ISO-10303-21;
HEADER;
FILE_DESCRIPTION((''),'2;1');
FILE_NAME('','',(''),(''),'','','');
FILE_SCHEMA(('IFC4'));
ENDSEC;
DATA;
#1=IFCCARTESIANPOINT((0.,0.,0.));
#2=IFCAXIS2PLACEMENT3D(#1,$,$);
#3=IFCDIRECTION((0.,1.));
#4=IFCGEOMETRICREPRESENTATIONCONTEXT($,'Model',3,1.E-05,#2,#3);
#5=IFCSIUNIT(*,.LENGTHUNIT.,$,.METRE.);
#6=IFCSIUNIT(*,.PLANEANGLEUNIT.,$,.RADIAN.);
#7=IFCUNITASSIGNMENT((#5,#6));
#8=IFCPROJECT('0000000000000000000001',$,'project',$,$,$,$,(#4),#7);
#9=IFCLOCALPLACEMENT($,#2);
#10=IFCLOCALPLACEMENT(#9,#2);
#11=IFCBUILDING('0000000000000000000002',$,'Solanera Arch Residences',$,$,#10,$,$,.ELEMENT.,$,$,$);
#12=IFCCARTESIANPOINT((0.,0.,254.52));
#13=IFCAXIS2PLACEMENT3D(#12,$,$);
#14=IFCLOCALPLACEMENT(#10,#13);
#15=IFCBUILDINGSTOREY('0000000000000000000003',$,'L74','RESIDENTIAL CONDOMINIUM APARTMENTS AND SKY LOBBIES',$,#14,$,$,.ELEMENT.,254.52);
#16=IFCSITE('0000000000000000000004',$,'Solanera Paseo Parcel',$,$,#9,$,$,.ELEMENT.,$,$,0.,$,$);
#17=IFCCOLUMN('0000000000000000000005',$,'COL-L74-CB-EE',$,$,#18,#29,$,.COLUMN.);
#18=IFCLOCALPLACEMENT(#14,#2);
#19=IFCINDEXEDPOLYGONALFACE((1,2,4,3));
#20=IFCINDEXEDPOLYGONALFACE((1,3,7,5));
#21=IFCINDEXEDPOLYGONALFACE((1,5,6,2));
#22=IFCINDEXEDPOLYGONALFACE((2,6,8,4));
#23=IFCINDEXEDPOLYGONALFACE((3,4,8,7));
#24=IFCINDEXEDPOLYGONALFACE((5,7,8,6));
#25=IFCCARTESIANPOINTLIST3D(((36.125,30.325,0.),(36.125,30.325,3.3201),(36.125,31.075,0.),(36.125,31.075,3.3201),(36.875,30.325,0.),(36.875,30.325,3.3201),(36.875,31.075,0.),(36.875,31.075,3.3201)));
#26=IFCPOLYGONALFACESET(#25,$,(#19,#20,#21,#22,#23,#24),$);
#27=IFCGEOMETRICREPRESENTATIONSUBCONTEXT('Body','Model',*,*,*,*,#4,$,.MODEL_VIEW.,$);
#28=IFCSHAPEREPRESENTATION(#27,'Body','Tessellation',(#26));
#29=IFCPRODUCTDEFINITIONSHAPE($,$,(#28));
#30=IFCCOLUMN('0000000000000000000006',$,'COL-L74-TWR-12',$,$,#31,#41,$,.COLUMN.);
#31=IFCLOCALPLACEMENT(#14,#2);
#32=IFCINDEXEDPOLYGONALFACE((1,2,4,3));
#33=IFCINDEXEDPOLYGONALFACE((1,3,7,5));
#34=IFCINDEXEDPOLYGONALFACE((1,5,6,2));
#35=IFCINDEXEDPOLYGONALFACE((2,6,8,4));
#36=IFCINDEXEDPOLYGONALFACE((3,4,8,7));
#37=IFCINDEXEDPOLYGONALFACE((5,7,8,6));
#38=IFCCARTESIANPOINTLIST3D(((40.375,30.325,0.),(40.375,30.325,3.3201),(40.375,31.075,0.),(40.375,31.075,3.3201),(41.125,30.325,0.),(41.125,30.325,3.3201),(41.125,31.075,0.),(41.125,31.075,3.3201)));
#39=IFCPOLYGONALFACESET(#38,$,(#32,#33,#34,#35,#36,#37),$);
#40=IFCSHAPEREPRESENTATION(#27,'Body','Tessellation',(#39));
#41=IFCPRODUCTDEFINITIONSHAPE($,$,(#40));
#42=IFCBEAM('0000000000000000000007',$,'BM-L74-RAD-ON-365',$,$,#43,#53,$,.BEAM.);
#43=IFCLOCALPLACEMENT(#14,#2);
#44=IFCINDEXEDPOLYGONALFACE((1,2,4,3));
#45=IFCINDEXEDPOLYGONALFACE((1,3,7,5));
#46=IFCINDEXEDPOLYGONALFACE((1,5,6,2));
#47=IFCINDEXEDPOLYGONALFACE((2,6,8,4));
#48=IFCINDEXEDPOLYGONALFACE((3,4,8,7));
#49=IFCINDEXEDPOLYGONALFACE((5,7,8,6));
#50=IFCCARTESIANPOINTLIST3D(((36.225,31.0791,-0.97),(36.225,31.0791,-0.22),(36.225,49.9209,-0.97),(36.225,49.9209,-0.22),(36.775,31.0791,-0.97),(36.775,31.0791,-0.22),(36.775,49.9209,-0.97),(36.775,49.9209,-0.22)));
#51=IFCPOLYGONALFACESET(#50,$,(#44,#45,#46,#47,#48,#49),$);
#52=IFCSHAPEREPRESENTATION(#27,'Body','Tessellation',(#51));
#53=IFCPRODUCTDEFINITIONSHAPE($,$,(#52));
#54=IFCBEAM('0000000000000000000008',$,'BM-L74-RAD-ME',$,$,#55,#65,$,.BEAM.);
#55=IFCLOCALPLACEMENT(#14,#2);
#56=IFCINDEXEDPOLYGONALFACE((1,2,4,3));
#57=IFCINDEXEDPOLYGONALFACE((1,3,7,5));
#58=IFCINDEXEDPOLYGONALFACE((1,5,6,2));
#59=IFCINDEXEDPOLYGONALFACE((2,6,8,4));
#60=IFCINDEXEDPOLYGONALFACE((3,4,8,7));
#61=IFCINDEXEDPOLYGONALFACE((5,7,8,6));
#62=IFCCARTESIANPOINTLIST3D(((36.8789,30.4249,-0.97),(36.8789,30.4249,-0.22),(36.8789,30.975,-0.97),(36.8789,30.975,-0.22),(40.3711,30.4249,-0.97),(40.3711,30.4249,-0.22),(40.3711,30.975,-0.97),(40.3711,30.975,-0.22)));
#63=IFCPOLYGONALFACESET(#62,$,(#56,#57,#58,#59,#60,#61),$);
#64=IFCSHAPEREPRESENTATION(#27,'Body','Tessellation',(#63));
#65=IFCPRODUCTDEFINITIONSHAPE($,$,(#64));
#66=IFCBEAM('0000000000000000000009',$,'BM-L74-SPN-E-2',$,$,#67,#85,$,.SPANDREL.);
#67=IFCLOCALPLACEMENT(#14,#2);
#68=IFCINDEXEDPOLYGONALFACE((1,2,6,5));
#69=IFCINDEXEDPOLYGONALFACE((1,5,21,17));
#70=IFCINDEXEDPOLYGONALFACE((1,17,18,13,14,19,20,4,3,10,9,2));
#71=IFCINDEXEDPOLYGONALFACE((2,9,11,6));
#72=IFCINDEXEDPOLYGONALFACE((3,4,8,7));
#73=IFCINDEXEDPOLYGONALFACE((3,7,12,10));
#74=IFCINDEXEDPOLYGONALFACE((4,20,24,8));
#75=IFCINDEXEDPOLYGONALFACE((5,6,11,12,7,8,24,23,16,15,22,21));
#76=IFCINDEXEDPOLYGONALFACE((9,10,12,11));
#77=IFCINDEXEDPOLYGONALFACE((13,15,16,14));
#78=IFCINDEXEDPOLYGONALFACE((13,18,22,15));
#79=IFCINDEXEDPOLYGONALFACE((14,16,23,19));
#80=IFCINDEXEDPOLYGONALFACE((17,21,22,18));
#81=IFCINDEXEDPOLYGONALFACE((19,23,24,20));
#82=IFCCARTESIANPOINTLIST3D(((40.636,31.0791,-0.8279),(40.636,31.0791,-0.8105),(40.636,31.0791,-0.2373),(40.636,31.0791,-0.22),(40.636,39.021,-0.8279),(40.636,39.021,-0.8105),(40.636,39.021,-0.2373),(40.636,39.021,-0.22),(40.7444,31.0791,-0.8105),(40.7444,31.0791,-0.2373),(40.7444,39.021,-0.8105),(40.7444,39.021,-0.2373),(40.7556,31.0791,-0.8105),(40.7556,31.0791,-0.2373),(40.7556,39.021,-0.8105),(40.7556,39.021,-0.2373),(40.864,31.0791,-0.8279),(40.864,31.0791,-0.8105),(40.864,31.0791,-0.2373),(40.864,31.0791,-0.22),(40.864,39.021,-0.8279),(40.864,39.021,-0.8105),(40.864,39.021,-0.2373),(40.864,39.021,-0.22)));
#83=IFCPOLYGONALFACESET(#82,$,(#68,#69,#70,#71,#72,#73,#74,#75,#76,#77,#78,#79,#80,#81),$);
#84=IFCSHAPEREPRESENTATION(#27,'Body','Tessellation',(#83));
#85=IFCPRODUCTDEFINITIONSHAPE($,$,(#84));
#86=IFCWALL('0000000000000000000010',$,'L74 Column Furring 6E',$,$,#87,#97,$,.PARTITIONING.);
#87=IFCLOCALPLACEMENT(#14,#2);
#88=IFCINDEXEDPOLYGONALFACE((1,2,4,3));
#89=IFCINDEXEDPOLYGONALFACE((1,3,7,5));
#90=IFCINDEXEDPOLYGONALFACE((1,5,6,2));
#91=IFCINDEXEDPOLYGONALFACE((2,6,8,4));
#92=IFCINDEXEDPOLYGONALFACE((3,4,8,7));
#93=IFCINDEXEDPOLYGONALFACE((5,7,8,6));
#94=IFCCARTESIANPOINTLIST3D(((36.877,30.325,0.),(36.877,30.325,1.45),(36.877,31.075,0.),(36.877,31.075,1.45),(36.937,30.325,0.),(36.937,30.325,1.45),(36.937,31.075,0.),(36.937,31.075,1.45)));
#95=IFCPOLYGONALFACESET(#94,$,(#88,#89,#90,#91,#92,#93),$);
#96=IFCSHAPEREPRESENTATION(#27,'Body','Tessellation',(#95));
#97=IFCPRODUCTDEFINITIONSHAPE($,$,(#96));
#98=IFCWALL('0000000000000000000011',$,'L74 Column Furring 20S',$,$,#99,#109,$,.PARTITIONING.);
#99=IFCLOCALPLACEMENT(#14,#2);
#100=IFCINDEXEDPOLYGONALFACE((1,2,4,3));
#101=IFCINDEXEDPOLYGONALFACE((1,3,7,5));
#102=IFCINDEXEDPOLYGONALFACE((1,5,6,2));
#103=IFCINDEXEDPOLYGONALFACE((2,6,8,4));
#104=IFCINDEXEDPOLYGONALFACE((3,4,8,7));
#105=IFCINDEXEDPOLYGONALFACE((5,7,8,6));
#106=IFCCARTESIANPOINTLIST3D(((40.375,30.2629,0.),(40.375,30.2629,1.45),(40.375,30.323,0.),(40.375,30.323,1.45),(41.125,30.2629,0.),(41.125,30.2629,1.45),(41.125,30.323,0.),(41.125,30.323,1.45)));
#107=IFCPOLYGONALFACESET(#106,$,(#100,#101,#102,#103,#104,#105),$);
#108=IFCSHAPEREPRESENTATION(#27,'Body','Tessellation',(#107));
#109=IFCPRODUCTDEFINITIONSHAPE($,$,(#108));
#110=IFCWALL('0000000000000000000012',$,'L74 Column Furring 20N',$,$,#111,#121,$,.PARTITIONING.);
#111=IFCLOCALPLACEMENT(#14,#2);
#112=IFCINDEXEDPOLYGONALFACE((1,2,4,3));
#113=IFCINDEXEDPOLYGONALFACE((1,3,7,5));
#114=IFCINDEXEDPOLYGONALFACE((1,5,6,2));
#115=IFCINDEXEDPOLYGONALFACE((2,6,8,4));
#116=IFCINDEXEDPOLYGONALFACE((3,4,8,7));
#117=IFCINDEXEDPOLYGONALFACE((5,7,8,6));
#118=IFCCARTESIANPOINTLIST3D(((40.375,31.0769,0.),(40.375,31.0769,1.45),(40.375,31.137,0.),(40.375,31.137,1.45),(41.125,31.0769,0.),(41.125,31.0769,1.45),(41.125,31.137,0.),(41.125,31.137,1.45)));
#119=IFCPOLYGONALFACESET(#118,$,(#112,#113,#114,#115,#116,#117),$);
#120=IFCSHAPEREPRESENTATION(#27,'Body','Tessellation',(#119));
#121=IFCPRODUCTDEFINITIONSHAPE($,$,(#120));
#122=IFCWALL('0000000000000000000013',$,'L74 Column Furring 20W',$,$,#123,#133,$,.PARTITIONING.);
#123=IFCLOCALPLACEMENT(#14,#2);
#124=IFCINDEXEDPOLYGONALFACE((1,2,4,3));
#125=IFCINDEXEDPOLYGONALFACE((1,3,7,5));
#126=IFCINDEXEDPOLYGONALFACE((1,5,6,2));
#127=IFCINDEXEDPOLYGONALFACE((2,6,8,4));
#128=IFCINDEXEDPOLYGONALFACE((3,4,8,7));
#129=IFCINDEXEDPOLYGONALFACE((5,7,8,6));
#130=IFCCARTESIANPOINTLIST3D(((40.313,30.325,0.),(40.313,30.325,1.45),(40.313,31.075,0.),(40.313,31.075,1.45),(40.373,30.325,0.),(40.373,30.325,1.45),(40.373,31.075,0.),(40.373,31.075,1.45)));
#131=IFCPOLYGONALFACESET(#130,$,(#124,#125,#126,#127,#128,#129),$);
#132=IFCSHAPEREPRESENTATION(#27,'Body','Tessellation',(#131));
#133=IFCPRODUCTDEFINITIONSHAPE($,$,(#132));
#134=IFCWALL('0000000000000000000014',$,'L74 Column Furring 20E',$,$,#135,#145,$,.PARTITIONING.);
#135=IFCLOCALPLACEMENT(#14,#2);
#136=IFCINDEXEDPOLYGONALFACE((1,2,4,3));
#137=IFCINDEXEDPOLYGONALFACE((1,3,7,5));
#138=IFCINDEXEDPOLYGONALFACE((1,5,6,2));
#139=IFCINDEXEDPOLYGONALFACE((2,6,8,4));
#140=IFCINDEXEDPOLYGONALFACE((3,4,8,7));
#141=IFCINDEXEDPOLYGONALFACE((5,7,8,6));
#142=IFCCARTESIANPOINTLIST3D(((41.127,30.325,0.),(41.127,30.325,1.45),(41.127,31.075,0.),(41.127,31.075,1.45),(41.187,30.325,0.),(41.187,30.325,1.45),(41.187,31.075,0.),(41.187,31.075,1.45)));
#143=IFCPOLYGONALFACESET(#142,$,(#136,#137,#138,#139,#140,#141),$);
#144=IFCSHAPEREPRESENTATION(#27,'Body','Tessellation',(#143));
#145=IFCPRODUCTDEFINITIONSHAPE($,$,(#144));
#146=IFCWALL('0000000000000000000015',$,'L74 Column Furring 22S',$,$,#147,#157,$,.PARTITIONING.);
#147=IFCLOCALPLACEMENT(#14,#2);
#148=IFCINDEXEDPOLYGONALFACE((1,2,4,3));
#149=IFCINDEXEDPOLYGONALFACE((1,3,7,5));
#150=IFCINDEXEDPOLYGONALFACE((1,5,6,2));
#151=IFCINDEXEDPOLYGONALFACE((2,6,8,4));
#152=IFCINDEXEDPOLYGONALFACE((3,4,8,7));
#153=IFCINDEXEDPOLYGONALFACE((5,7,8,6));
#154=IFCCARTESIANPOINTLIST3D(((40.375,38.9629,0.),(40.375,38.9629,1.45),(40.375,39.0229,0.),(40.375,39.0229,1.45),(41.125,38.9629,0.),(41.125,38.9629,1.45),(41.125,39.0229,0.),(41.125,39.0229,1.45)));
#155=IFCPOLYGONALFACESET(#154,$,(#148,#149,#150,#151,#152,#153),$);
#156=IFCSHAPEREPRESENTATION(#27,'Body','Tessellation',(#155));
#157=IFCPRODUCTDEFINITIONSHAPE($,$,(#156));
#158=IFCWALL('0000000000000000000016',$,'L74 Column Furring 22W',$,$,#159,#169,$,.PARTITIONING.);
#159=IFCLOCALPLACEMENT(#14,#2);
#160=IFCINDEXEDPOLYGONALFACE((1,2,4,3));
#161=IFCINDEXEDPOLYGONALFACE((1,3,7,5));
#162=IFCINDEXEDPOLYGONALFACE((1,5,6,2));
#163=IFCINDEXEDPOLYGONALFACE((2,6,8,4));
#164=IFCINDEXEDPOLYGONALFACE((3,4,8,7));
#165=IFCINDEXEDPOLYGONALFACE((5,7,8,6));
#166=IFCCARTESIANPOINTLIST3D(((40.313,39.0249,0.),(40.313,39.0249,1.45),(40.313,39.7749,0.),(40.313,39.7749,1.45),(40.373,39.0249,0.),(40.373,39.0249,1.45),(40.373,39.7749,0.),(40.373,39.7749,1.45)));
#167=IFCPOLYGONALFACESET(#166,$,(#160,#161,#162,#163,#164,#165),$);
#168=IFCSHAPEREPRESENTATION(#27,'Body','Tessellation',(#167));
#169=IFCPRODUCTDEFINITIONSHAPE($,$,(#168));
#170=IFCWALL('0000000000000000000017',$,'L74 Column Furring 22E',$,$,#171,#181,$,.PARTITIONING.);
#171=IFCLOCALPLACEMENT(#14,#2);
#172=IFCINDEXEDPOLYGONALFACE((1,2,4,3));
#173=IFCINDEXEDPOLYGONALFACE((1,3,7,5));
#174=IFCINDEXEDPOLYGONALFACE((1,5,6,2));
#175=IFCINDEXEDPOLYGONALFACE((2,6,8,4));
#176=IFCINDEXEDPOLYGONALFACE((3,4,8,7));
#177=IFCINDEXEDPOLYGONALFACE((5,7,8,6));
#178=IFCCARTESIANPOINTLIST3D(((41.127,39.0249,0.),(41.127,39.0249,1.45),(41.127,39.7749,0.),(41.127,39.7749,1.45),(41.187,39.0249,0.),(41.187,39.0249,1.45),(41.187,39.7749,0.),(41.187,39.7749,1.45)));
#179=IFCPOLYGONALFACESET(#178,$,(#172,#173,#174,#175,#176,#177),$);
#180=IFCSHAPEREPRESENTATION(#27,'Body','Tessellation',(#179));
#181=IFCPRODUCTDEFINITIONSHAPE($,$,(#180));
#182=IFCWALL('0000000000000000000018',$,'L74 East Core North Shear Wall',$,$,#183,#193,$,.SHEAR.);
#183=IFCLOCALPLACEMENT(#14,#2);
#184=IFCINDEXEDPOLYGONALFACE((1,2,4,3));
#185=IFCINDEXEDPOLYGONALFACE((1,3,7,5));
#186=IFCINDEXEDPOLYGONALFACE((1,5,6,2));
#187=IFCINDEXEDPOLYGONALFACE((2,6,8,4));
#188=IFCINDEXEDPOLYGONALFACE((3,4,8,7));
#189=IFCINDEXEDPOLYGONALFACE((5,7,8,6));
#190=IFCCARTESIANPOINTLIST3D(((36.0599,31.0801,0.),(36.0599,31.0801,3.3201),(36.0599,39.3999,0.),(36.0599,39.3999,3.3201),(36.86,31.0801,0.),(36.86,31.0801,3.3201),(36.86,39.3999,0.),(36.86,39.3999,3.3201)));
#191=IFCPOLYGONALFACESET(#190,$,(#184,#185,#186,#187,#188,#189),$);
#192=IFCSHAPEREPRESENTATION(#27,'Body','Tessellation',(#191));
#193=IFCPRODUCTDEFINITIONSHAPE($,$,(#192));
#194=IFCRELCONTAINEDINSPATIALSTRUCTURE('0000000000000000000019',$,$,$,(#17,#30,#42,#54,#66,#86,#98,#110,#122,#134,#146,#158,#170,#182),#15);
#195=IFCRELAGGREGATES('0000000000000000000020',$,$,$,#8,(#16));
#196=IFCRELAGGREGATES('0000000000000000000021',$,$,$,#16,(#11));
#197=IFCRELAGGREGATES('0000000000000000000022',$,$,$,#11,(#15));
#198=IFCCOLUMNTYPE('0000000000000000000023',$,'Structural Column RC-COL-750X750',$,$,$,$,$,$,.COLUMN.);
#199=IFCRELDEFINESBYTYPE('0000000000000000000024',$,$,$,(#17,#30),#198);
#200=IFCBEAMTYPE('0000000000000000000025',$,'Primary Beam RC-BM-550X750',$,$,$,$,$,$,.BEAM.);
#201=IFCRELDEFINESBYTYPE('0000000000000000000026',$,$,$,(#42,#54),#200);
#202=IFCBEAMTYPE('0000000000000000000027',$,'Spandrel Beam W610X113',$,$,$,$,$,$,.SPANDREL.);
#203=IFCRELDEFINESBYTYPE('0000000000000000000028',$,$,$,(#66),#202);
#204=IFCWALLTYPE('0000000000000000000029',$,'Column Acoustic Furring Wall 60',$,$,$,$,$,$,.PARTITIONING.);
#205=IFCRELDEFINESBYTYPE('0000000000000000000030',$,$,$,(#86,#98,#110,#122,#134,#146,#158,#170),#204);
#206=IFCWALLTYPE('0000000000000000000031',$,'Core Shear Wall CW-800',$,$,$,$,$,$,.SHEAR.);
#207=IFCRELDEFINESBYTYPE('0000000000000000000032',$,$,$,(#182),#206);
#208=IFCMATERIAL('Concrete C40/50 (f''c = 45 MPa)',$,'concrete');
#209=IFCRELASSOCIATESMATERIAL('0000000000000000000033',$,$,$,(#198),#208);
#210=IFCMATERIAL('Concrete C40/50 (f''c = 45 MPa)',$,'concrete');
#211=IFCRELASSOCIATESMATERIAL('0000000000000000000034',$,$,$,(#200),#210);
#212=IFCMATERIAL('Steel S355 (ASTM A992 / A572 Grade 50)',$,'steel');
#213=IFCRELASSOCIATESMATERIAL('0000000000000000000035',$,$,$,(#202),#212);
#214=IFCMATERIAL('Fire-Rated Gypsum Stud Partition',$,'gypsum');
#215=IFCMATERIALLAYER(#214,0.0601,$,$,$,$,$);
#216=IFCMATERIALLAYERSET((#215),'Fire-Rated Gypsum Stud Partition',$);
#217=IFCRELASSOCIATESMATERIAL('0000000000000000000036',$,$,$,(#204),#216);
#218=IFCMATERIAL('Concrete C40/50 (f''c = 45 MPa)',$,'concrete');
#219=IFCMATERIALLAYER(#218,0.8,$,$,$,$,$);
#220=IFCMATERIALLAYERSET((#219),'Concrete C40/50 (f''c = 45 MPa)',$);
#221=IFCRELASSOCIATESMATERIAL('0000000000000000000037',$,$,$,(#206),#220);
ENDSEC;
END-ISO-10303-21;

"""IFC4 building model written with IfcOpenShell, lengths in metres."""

from ifc_helpers import new_model, si_unit, direction, frame, frame_2d, origin, origin_2d, place, context, subcontext, project, spatial, rectangle, i_section, extrude, material, layer, layer_set, material_profile, profile_set, type_object, element, save


model = new_model("IFC4")

# Units and contexts
model_context = context("Model", 3, precision=1e-05, world=origin(), true_north=direction((0.0, 1.0)))
body_context = subcontext(model_context, "Body", "Model", "MODEL_VIEW")
ifc_project = project(units=[si_unit("LENGTHUNIT", "METRE"), si_unit("PLANEANGLEUNIT", "RADIAN")], contexts=[model_context])

# Site, building, storey
site_placement = place(None, origin())
site = spatial("IfcSite", under=ifc_project, at=site_placement, Name="Solanera Paseo Parcel", CompositionType="ELEMENT", RefElevation=0.0)
building_placement = place(site_placement, origin())
building = spatial("IfcBuilding", under=site, at=building_placement, Name="Solanera Arch Residences", CompositionType="ELEMENT")
storey_placement = place(building_placement, frame((0.0, 0.0, 254.52)))
storey = spatial("IfcBuildingStorey", under=building, at=storey_placement, Name="L74", Description="RESIDENTIAL CONDOMINIUM APARTMENTS AND SKY LOBBIES", CompositionType="ELEMENT", Elevation=254.52)

# Columns
ifc_material_1 = material(Name="Concrete C40/50 (f'c = 45 MPa)", Category="concrete")
ifc_material_profile_1 = material_profile(ifc_material_1, rectangle(XDim=0.75, YDim=0.75, at=origin_2d()))
ifc_profile_set_1 = profile_set([ifc_material_profile_1], Name="Concrete C40/50 (f'c = 45 MPa)")
column_type = type_object("IfcColumnType", Name="Structural Column RC-COL-750X750", PredefinedType="COLUMN", material=ifc_profile_set_1)
for number, where, z_axis, x_axis, name in (
    (1, (36.5, 30.7, 0.0), (0.0, 0.0, 1.0), (1.0, 0.0, 0.0), "COL-L74-CB-EE"),
    (2, (40.75, 30.7, 0.0), (0.0, 0.0, 1.0), (1.0, 0.0, 0.0), "COL-L74-TWR-12"),
):
    element("IfcColumn", number, at=place(storey_placement, frame(where, z_axis=z_axis, x_axis=x_axis)), inside=storey, type_object=column_type, Name=name, PredefinedType="COLUMN", context=body_context, shape_type="SweptSolid", body=[
        extrude(rectangle(XDim=0.75, YDim=0.75, at=origin_2d()), origin(), (0.0, 0.0, 1.0), 3.3201),
    ])

# Beams
ifc_material_2 = material(Name="Concrete C40/50 (f'c = 45 MPa)", Category="concrete")
ifc_material_profile_2 = material_profile(ifc_material_2, rectangle(XDim=0.55, YDim=0.75, at=origin_2d()))
ifc_profile_set_2 = profile_set([ifc_material_profile_2], Name="Concrete C40/50 (f'c = 45 MPa)")
beam_type_1 = type_object("IfcBeamType", Name="Primary Beam RC-BM-550X750", PredefinedType="BEAM", material=ifc_profile_set_2)
beam_1_placement = place(storey_placement, frame((36.5, 31.0791, -0.595), z_axis=(0.0, 1.0, 0.0), x_axis=(-1.0, 0.0, 0.0)))
element("IfcBeam", 3, at=beam_1_placement, inside=storey, type_object=beam_type_1, Name="BM-L74-RAD-ON-365", PredefinedType="BEAM", context=body_context, shape_type="SweptSolid", body=[
    extrude(rectangle(XDim=0.55, YDim=0.75, at=origin_2d()), origin(), (0.0, 0.0, 1.0), 18.8418),
])
beam_2_placement = place(storey_placement, frame((36.8789, 30.7, -0.595), z_axis=(1.0, 0.0, 0.0), x_axis=(0.0, 1.0, 0.0)))
element("IfcBeam", 4, at=beam_2_placement, inside=storey, type_object=beam_type_1, Name="BM-L74-RAD-ME", PredefinedType="BEAM", context=body_context, shape_type="SweptSolid", body=[
    extrude(rectangle(XDim=0.55, YDim=0.75, at=origin_2d()), origin(), (0.0, 0.0, 1.0), 3.4922),
])
ifc_material_3 = material(Name="Steel S355 (ASTM A992 / A572 Grade 50)", Category="steel")
ifc_material_profile_3 = material_profile(ifc_material_3, i_section(OverallWidth=0.228, OverallDepth=0.6079, WebThickness=0.0112, FlangeThickness=0.0173, at=origin_2d()))
ifc_profile_set_3 = profile_set([ifc_material_profile_3], Name="Steel S355 (ASTM A992 / A572 Grade 50)")
beam_type_2 = type_object("IfcBeamType", Name="Spandrel Beam W610X113", PredefinedType="SPANDREL", material=ifc_profile_set_3)
beam_3_placement = place(storey_placement, frame((40.75, 31.0791, -0.5239), z_axis=(0.0, 1.0, 0.0), x_axis=(-1.0, 0.0, 0.0)))
element("IfcBeam", 5, at=beam_3_placement, inside=storey, type_object=beam_type_2, Name="BM-L74-SPN-E-2", PredefinedType="SPANDREL", context=body_context, shape_type="SweptSolid", body=[
    extrude(i_section(OverallWidth=0.228, OverallDepth=0.6079, WebThickness=0.0112, FlangeThickness=0.0173, at=origin_2d()), origin(), (0.0, 0.0, 1.0), 7.9419),
])

# Walls
ifc_material_4 = material(Name="Fire-Rated Gypsum Stud Partition", Category="gypsum")
ifc_layer_1 = layer(ifc_material_4, 0.0601)
ifc_layer_set_1 = layer_set([ifc_layer_1], Name="Fire-Rated Gypsum Stud Partition")
wall_type_1 = type_object("IfcWallType", Name="Column Acoustic Furring Wall 60", PredefinedType="PARTITIONING", material=ifc_layer_set_1)
for number, where, z_axis, x_axis, name in (
    (6, (36.907, 30.325, 0.0), (0.0, 0.0, 1.0), (0.0, 1.0, 0.0), "L74 Column Furring 6E"),
    (7, (40.375, 30.293, 0.0), (0.0, 0.0, 1.0), (1.0, 0.0, 0.0), "L74 Column Furring 20S"),
    (8, (40.375, 31.1069, 0.0), (0.0, 0.0, 1.0), (1.0, 0.0, 0.0), "L74 Column Furring 20N"),
    (9, (40.343, 30.325, 0.0), (0.0, 0.0, 1.0), (0.0, 1.0, 0.0), "L74 Column Furring 20W"),
    (10, (41.157, 30.325, 0.0), (0.0, 0.0, 1.0), (0.0, 1.0, 0.0), "L74 Column Furring 20E"),
    (11, (40.375, 38.9929, 0.0), (0.0, 0.0, 1.0), (1.0, 0.0, 0.0), "L74 Column Furring 22S"),
    (12, (40.343, 39.0249, 0.0), (0.0, 0.0, 1.0), (0.0, 1.0, 0.0), "L74 Column Furring 22W"),
    (13, (41.157, 39.0249, 0.0), (0.0, 0.0, 1.0), (0.0, 1.0, 0.0), "L74 Column Furring 22E"),
):
    element("IfcWall", number, at=place(storey_placement, frame(where, z_axis=z_axis, x_axis=x_axis)), inside=storey, type_object=wall_type_1, Name=name, PredefinedType="PARTITIONING", context=body_context, shape_type="SweptSolid", body=[
        extrude(rectangle(XDim=0.75, YDim=0.0601, at=frame_2d((0.375, 0.0))), origin(), (0.0, 0.0, 1.0), 1.45),
    ])
ifc_material_5 = material(Name="Concrete C40/50 (f'c = 45 MPa)", Category="concrete")
ifc_layer_2 = layer(ifc_material_5, 0.8)
ifc_layer_set_2 = layer_set([ifc_layer_2], Name="Concrete C40/50 (f'c = 45 MPa)")
wall_type_2 = type_object("IfcWallType", Name="Core Shear Wall CW-800", PredefinedType="SHEAR", material=ifc_layer_set_2)
wall_placement = place(storey_placement, frame((36.46, 31.0801, 0.0), z_axis=(0.0, 0.0, 1.0), x_axis=(0.0, 1.0, 0.0)))
element("IfcWall", 14, at=wall_placement, inside=storey, type_object=wall_type_2, Name="L74 East Core North Shear Wall", PredefinedType="SHEAR", context=body_context, shape_type="SweptSolid", body=[
    extrude(rectangle(XDim=8.3198, YDim=0.8, at=frame_2d((4.1599, 0.0))), origin(), (0.0, 0.0, 1.0), 3.3201),
])

save(model, "model.ifc")
